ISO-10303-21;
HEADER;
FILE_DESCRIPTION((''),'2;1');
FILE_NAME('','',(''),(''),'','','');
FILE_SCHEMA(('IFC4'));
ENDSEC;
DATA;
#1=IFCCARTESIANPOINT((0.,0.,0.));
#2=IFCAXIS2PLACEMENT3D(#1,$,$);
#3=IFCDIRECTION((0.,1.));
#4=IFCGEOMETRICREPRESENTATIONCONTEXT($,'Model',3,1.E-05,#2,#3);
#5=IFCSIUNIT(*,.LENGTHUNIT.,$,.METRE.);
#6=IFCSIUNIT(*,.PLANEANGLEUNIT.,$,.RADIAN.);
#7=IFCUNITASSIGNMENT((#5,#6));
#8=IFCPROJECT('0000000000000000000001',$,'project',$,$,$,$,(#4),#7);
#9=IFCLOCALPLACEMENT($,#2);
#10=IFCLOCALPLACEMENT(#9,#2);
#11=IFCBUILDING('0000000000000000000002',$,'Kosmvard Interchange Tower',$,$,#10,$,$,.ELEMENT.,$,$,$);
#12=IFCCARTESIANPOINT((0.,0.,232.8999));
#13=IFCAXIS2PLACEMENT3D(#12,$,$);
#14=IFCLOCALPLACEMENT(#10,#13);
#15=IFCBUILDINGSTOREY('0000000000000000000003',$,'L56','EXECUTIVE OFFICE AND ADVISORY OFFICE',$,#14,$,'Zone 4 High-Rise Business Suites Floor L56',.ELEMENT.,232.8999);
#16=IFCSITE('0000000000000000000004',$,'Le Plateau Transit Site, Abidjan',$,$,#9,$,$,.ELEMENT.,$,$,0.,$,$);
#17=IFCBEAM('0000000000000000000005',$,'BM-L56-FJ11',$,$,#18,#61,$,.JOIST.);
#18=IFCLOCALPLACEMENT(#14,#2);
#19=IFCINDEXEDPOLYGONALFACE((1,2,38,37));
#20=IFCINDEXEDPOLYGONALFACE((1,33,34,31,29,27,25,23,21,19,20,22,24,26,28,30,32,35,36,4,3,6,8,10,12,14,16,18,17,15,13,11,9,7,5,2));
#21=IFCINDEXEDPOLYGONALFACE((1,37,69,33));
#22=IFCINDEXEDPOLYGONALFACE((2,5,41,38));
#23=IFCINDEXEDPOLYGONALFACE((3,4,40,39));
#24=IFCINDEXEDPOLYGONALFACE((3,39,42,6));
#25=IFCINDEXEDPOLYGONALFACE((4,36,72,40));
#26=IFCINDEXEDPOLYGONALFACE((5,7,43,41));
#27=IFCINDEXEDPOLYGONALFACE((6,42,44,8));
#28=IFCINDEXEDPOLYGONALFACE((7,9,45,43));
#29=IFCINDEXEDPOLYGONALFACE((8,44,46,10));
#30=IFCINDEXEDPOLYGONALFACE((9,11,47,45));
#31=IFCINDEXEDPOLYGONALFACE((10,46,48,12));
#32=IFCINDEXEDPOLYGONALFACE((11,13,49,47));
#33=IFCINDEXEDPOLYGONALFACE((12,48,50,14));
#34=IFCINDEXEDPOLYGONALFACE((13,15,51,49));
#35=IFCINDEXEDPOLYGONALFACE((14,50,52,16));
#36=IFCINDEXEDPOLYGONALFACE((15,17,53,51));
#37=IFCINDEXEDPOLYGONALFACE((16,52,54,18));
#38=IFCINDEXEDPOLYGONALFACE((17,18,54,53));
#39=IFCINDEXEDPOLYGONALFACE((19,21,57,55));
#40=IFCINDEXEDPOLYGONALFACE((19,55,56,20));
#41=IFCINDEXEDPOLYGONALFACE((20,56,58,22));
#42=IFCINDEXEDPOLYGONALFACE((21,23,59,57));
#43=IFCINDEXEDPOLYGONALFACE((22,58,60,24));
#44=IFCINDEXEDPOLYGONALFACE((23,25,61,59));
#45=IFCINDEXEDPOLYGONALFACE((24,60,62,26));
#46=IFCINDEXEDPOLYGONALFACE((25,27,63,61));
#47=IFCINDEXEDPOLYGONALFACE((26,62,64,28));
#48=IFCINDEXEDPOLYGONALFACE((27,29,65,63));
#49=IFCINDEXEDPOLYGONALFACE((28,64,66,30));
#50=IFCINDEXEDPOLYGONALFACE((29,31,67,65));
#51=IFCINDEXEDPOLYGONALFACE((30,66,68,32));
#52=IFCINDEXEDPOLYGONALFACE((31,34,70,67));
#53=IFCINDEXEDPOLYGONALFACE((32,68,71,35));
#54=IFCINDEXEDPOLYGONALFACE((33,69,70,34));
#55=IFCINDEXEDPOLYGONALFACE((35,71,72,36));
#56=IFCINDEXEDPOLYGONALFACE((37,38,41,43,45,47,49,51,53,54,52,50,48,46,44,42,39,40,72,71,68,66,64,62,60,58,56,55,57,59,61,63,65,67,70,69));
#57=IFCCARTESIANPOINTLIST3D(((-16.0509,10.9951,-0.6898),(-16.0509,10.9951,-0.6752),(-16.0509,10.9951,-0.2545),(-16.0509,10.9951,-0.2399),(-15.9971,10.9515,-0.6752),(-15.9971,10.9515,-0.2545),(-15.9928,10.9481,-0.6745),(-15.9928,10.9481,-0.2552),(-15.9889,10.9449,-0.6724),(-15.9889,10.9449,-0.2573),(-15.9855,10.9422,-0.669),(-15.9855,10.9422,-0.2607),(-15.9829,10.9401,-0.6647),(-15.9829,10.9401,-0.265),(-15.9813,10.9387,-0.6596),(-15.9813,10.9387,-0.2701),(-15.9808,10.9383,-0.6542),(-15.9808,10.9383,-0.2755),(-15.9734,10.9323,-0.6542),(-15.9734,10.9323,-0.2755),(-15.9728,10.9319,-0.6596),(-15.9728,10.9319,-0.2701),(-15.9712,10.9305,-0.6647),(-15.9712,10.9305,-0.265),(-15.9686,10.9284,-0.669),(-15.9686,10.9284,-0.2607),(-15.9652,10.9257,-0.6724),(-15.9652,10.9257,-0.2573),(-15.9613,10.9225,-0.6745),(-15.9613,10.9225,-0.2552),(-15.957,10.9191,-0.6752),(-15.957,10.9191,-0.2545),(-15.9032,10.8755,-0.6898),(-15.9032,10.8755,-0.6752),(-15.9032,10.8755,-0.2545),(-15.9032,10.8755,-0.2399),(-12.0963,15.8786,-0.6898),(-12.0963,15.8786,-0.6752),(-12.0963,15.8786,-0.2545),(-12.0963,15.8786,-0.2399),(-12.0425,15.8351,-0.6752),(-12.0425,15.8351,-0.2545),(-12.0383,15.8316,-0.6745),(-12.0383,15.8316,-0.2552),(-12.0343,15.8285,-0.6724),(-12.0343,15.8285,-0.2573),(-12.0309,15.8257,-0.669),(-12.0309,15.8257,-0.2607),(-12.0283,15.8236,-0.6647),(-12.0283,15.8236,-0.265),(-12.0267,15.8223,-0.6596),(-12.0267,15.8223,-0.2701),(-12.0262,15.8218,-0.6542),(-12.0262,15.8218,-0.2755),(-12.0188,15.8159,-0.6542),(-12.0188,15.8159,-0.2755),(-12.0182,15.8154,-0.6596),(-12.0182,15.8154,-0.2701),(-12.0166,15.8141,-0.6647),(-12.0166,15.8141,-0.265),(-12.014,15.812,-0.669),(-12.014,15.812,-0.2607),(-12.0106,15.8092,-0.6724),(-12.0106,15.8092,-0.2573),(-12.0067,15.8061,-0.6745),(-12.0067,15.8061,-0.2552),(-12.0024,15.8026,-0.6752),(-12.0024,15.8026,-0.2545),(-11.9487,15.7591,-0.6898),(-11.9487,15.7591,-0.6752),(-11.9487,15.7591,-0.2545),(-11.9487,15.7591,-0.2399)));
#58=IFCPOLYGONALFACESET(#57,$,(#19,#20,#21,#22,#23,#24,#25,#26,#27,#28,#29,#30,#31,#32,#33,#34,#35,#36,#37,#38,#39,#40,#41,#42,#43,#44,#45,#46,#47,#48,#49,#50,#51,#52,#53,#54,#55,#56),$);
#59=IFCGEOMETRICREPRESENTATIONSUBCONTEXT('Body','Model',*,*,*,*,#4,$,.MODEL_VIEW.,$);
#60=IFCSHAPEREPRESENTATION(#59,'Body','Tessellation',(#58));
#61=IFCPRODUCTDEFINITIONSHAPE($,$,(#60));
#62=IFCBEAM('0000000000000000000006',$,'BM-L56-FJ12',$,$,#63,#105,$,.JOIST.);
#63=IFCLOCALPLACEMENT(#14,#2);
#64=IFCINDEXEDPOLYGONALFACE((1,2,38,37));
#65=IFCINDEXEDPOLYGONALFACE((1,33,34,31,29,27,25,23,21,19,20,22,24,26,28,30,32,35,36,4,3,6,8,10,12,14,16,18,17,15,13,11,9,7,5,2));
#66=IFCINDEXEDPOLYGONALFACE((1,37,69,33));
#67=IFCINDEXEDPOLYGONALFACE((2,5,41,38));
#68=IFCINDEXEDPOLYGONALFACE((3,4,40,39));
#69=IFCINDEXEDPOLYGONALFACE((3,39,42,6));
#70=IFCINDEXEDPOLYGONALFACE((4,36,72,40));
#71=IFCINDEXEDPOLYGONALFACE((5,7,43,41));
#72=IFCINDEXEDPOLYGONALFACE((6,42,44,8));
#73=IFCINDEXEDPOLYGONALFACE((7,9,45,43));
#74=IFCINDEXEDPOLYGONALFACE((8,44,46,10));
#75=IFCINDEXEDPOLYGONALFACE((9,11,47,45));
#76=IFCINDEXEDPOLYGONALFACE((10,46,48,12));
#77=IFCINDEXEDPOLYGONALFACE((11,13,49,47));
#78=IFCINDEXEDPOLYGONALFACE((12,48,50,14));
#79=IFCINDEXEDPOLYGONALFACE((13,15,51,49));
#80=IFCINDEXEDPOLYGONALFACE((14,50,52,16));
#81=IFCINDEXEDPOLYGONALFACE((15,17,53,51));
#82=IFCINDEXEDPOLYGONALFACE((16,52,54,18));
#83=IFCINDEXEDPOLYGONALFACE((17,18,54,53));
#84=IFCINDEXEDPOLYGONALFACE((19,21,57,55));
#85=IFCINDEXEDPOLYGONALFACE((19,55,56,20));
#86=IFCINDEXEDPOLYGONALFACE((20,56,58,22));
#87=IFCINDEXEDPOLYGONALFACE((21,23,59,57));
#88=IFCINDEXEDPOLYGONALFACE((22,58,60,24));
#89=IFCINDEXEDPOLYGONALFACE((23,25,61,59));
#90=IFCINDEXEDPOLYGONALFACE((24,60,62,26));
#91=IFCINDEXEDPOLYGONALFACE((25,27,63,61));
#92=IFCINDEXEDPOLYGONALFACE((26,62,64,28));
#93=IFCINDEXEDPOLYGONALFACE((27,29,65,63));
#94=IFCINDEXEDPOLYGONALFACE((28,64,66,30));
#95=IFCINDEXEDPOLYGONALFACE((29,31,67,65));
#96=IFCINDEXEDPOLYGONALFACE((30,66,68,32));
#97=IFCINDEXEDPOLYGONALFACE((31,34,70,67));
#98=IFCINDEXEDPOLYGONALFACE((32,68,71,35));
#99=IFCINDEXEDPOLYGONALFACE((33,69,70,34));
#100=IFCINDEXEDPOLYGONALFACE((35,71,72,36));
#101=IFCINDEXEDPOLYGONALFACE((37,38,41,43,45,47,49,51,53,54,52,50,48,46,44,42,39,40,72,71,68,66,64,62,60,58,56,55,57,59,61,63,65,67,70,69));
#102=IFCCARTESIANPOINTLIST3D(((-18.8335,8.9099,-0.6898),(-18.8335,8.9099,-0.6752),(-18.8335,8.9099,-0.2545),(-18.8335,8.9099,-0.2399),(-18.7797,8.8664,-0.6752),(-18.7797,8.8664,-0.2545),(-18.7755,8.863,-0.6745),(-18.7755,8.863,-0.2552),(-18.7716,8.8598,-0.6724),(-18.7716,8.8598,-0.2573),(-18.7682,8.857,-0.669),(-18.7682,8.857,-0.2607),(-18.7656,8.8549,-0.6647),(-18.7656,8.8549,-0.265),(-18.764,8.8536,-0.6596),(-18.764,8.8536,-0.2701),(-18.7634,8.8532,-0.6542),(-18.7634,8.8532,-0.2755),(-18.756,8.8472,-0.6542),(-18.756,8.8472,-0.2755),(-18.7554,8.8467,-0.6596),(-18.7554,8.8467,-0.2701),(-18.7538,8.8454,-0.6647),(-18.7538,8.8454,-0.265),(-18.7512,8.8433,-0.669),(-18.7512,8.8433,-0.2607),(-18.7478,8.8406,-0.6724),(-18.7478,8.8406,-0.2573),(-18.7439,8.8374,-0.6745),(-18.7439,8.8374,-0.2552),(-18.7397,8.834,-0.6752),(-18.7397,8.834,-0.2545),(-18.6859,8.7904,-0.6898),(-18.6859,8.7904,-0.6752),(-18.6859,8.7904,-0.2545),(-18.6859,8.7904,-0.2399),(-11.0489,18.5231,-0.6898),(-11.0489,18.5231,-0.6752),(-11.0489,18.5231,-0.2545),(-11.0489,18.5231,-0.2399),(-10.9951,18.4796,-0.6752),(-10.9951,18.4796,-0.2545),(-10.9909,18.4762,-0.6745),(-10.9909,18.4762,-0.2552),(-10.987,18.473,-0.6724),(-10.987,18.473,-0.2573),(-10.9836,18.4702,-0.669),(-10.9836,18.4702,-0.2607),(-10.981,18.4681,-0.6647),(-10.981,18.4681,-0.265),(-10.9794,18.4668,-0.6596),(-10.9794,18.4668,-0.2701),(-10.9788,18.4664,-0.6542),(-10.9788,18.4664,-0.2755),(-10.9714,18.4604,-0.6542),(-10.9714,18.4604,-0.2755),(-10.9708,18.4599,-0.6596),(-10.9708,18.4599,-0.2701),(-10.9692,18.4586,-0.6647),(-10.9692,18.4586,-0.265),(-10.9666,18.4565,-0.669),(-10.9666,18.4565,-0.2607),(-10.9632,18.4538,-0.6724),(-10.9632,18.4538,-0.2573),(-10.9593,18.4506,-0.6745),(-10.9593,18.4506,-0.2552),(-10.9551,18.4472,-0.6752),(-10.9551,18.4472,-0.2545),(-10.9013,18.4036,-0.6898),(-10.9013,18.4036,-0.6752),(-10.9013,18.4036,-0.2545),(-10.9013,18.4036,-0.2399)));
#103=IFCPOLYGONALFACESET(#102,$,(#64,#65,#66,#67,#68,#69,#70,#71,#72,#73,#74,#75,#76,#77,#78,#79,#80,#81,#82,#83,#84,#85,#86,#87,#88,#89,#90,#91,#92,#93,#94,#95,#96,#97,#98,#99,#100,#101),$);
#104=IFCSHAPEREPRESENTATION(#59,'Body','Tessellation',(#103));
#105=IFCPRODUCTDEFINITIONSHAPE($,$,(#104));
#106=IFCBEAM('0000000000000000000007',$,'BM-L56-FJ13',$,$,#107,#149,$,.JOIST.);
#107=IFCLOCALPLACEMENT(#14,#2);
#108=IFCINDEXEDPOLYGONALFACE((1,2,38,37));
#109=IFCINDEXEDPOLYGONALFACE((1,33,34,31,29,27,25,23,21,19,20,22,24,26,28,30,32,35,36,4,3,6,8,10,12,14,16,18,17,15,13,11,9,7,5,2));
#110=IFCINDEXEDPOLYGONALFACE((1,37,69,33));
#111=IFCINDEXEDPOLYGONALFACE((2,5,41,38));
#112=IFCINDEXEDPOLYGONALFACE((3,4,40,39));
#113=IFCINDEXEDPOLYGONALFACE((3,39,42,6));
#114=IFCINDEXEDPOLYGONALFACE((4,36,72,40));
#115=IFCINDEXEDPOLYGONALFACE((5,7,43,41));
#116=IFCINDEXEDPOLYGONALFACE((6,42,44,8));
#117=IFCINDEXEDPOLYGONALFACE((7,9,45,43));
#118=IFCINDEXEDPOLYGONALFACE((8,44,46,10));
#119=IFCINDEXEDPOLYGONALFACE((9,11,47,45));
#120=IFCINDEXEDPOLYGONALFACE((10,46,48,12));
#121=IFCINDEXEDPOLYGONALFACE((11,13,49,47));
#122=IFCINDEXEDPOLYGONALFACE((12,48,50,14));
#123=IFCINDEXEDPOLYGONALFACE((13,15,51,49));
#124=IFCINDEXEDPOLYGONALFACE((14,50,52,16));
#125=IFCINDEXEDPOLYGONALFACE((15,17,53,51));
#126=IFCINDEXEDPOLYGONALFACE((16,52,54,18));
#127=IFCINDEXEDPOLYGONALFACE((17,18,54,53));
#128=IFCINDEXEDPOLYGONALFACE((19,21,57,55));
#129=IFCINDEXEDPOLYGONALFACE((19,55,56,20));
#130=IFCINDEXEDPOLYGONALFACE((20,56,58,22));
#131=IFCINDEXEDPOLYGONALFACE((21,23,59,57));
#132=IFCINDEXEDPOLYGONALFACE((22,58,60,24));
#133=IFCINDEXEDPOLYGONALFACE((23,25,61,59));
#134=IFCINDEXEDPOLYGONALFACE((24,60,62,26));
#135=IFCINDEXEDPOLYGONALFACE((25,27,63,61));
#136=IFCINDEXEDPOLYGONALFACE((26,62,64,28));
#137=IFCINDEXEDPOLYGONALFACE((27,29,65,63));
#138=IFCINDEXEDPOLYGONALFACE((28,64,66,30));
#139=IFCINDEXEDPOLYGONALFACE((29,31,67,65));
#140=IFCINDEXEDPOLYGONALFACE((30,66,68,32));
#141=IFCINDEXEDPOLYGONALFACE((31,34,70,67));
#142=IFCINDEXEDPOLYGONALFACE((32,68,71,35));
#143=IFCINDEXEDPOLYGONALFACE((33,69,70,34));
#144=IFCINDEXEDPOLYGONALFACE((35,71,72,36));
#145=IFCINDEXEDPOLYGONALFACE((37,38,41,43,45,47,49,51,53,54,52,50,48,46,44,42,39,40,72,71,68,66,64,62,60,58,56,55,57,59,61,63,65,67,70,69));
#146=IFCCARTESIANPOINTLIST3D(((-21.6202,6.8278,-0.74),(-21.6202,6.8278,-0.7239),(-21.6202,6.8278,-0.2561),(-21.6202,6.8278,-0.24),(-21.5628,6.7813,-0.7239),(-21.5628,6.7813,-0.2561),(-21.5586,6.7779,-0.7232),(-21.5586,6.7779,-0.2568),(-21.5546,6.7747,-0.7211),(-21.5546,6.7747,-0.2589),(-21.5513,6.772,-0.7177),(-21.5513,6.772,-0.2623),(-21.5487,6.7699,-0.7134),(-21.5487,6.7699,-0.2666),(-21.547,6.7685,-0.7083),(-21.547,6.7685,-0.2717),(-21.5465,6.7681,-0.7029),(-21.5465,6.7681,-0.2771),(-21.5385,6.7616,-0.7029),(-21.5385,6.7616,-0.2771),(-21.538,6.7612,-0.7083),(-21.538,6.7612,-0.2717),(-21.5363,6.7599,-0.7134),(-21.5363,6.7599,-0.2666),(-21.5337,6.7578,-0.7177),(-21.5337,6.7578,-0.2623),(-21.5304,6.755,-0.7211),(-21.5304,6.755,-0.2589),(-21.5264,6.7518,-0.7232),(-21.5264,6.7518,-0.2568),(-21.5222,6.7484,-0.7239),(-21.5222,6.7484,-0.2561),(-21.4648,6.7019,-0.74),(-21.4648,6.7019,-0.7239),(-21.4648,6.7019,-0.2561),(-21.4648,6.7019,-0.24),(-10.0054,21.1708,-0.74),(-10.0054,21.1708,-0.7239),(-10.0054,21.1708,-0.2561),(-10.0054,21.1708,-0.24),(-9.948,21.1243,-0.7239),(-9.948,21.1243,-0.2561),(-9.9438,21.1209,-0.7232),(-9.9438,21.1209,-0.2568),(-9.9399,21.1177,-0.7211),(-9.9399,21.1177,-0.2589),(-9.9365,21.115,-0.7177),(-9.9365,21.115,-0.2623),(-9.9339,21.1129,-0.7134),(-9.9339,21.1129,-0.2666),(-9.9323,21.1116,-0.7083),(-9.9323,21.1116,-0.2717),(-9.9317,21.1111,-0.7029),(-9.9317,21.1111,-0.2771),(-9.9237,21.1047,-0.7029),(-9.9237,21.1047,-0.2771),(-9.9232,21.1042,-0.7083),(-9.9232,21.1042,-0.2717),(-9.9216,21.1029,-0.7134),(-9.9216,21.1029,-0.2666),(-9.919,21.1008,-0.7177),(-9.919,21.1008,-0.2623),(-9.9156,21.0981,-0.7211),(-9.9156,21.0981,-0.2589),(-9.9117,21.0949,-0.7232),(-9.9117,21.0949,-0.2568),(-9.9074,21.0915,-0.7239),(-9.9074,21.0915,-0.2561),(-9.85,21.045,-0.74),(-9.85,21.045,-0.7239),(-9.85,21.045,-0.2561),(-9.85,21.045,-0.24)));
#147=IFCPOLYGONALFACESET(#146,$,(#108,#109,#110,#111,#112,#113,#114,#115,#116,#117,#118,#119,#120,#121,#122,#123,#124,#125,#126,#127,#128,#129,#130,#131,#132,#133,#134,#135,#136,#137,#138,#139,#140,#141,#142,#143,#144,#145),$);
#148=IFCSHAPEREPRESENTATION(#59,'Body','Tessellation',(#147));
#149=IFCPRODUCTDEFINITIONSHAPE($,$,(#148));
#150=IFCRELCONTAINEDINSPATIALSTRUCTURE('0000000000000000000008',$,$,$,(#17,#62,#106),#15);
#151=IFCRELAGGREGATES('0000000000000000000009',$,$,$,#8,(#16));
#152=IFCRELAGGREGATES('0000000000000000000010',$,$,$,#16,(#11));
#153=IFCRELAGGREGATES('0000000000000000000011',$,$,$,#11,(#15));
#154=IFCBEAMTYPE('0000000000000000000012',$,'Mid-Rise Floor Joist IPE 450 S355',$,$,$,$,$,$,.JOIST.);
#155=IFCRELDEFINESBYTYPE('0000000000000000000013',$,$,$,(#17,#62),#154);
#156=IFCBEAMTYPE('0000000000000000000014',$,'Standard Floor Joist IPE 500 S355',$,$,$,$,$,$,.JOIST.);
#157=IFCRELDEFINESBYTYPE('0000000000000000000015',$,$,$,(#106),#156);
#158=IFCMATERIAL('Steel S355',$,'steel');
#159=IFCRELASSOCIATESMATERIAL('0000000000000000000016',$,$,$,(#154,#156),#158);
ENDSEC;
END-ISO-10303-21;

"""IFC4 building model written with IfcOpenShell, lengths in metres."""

from ifc_helpers import new_model, si_unit, direction, frame, origin, origin_2d, place, context, subcontext, project, spatial, i_section, extrude, source, transform, mapped, material, material_profile, profile_set, type_object, element, save


model = new_model("IFC4")

# Units and contexts
model_context = context("Model", 3, precision=1e-05, world=origin(), true_north=direction((0.0, 1.0)))
body_context = subcontext(model_context, "Body", "Model", "MODEL_VIEW")
ifc_project = project(units=[si_unit("LENGTHUNIT", "METRE"), si_unit("PLANEANGLEUNIT", "RADIAN")], contexts=[model_context])

# Site, building, storey
site_placement = place(None, origin())
site = spatial("IfcSite", under=ifc_project, at=site_placement, Name="Le Plateau Transit Site, Abidjan", CompositionType="ELEMENT", RefElevation=0.0)
building_placement = place(site_placement, origin())
building = spatial("IfcBuilding", under=site, at=building_placement, Name="Kosmvard Interchange Tower", CompositionType="ELEMENT")
storey_placement = place(building_placement, frame((0.0, 0.0, 232.8999)))
storey = spatial("IfcBuildingStorey", under=building, at=storey_placement, Name="L56", Description="EXECUTIVE OFFICE AND ADVISORY OFFICE", LongName="Zone 4 High-Rise Business Suites Floor L56", CompositionType="ELEMENT", Elevation=232.8999)

# Beams
ifc_material_1 = material(Name="Steel S355", Category="steel")
ifc_material_profile_1 = material_profile(ifc_material_1, i_section(OverallWidth=0.1899, OverallDepth=0.45, WebThickness=0.0095, FlangeThickness=0.0146, FilletRadius=0.021, at=origin_2d()), Name="IPE 450")
ifc_profile_set_1 = profile_set([ifc_material_profile_1], Name="Steel S355")
beam_type_1 = type_object("IfcBeamType", Name="Mid-Rise Floor Joist IPE 450 S355", PredefinedType="JOIST", material=ifc_profile_set_1)
shared_shape_1 = source(origin(), body_context, "Body", "SweptSolid", [
    extrude(i_section(OverallWidth=0.1899, OverallDepth=0.45, WebThickness=0.0095, FlangeThickness=0.0146, FilletRadius=0.021, at=origin_2d()), origin(), (0.0, 0.0, 1.0), 6.2839),
])
beam_1_placement = place(storey_placement, frame((-12.0225, 15.8188, -0.4648), z_axis=(-0.629318, -0.777148, 0.0), x_axis=(0.777148, -0.629318, 0.0)))
element("IfcBeam", 1, at=beam_1_placement, inside=storey, type_object=beam_type_1, Name="BM-L56-FJ11", PredefinedType="JOIST", context=body_context, shape_type="MappedRepresentation", body=[
    mapped(shared_shape_1, transform((0.0, 0.0, 0.0), scale=1.0)),
])
shared_shape_2 = source(origin(), body_context, "Body", "SweptSolid", [
    extrude(i_section(OverallWidth=0.1899, OverallDepth=0.45, WebThickness=0.0095, FlangeThickness=0.0146, FilletRadius=0.021, at=origin_2d()), origin(), (0.0, 0.0, 1.0), 12.3699),
])
beam_2_placement = place(storey_placement, frame((-10.9751, 18.4634, -0.4648), z_axis=(-0.62932, -0.777147, 0.0), x_axis=(0.777147, -0.62932, 0.0)))
element("IfcBeam", 2, at=beam_2_placement, inside=storey, type_object=beam_type_1, Name="BM-L56-FJ12", PredefinedType="JOIST", context=body_context, shape_type="MappedRepresentation", body=[
    mapped(shared_shape_2, transform((0.0, 0.0, 0.0), scale=1.0)),
])
ifc_material_profile_2 = material_profile(ifc_material_1, i_section(OverallWidth=0.2, OverallDepth=0.5, WebThickness=0.0103, FlangeThickness=0.0161, FilletRadius=0.021, at=origin_2d()), Name="IPE 500")
ifc_profile_set_2 = profile_set([ifc_material_profile_2], Name="Steel S355")
beam_type_2 = type_object("IfcBeamType", Name="Standard Floor Joist IPE 500 S355", PredefinedType="JOIST", material=ifc_profile_set_2)
shared_shape_3 = source(origin(), body_context, "Body", "SweptSolid", [
    extrude(i_section(OverallWidth=0.2, OverallDepth=0.5, WebThickness=0.0103, FlangeThickness=0.0161, FilletRadius=0.021, at=origin_2d()), origin(), (0.0, 0.0, 1.0), 18.4561),
])
beam_3_placement = place(storey_placement, frame((-9.9277, 21.1079, -0.49), z_axis=(-0.62932, -0.777146, 0.0), x_axis=(0.777146, -0.62932, 0.0)))
element("IfcBeam", 3, at=beam_3_placement, inside=storey, type_object=beam_type_2, Name="BM-L56-FJ13", PredefinedType="JOIST", context=body_context, shape_type="MappedRepresentation", body=[
    mapped(shared_shape_3, transform((0.0, 0.0, 0.0), scale=1.0)),
])

save(model, "model.ifc")
